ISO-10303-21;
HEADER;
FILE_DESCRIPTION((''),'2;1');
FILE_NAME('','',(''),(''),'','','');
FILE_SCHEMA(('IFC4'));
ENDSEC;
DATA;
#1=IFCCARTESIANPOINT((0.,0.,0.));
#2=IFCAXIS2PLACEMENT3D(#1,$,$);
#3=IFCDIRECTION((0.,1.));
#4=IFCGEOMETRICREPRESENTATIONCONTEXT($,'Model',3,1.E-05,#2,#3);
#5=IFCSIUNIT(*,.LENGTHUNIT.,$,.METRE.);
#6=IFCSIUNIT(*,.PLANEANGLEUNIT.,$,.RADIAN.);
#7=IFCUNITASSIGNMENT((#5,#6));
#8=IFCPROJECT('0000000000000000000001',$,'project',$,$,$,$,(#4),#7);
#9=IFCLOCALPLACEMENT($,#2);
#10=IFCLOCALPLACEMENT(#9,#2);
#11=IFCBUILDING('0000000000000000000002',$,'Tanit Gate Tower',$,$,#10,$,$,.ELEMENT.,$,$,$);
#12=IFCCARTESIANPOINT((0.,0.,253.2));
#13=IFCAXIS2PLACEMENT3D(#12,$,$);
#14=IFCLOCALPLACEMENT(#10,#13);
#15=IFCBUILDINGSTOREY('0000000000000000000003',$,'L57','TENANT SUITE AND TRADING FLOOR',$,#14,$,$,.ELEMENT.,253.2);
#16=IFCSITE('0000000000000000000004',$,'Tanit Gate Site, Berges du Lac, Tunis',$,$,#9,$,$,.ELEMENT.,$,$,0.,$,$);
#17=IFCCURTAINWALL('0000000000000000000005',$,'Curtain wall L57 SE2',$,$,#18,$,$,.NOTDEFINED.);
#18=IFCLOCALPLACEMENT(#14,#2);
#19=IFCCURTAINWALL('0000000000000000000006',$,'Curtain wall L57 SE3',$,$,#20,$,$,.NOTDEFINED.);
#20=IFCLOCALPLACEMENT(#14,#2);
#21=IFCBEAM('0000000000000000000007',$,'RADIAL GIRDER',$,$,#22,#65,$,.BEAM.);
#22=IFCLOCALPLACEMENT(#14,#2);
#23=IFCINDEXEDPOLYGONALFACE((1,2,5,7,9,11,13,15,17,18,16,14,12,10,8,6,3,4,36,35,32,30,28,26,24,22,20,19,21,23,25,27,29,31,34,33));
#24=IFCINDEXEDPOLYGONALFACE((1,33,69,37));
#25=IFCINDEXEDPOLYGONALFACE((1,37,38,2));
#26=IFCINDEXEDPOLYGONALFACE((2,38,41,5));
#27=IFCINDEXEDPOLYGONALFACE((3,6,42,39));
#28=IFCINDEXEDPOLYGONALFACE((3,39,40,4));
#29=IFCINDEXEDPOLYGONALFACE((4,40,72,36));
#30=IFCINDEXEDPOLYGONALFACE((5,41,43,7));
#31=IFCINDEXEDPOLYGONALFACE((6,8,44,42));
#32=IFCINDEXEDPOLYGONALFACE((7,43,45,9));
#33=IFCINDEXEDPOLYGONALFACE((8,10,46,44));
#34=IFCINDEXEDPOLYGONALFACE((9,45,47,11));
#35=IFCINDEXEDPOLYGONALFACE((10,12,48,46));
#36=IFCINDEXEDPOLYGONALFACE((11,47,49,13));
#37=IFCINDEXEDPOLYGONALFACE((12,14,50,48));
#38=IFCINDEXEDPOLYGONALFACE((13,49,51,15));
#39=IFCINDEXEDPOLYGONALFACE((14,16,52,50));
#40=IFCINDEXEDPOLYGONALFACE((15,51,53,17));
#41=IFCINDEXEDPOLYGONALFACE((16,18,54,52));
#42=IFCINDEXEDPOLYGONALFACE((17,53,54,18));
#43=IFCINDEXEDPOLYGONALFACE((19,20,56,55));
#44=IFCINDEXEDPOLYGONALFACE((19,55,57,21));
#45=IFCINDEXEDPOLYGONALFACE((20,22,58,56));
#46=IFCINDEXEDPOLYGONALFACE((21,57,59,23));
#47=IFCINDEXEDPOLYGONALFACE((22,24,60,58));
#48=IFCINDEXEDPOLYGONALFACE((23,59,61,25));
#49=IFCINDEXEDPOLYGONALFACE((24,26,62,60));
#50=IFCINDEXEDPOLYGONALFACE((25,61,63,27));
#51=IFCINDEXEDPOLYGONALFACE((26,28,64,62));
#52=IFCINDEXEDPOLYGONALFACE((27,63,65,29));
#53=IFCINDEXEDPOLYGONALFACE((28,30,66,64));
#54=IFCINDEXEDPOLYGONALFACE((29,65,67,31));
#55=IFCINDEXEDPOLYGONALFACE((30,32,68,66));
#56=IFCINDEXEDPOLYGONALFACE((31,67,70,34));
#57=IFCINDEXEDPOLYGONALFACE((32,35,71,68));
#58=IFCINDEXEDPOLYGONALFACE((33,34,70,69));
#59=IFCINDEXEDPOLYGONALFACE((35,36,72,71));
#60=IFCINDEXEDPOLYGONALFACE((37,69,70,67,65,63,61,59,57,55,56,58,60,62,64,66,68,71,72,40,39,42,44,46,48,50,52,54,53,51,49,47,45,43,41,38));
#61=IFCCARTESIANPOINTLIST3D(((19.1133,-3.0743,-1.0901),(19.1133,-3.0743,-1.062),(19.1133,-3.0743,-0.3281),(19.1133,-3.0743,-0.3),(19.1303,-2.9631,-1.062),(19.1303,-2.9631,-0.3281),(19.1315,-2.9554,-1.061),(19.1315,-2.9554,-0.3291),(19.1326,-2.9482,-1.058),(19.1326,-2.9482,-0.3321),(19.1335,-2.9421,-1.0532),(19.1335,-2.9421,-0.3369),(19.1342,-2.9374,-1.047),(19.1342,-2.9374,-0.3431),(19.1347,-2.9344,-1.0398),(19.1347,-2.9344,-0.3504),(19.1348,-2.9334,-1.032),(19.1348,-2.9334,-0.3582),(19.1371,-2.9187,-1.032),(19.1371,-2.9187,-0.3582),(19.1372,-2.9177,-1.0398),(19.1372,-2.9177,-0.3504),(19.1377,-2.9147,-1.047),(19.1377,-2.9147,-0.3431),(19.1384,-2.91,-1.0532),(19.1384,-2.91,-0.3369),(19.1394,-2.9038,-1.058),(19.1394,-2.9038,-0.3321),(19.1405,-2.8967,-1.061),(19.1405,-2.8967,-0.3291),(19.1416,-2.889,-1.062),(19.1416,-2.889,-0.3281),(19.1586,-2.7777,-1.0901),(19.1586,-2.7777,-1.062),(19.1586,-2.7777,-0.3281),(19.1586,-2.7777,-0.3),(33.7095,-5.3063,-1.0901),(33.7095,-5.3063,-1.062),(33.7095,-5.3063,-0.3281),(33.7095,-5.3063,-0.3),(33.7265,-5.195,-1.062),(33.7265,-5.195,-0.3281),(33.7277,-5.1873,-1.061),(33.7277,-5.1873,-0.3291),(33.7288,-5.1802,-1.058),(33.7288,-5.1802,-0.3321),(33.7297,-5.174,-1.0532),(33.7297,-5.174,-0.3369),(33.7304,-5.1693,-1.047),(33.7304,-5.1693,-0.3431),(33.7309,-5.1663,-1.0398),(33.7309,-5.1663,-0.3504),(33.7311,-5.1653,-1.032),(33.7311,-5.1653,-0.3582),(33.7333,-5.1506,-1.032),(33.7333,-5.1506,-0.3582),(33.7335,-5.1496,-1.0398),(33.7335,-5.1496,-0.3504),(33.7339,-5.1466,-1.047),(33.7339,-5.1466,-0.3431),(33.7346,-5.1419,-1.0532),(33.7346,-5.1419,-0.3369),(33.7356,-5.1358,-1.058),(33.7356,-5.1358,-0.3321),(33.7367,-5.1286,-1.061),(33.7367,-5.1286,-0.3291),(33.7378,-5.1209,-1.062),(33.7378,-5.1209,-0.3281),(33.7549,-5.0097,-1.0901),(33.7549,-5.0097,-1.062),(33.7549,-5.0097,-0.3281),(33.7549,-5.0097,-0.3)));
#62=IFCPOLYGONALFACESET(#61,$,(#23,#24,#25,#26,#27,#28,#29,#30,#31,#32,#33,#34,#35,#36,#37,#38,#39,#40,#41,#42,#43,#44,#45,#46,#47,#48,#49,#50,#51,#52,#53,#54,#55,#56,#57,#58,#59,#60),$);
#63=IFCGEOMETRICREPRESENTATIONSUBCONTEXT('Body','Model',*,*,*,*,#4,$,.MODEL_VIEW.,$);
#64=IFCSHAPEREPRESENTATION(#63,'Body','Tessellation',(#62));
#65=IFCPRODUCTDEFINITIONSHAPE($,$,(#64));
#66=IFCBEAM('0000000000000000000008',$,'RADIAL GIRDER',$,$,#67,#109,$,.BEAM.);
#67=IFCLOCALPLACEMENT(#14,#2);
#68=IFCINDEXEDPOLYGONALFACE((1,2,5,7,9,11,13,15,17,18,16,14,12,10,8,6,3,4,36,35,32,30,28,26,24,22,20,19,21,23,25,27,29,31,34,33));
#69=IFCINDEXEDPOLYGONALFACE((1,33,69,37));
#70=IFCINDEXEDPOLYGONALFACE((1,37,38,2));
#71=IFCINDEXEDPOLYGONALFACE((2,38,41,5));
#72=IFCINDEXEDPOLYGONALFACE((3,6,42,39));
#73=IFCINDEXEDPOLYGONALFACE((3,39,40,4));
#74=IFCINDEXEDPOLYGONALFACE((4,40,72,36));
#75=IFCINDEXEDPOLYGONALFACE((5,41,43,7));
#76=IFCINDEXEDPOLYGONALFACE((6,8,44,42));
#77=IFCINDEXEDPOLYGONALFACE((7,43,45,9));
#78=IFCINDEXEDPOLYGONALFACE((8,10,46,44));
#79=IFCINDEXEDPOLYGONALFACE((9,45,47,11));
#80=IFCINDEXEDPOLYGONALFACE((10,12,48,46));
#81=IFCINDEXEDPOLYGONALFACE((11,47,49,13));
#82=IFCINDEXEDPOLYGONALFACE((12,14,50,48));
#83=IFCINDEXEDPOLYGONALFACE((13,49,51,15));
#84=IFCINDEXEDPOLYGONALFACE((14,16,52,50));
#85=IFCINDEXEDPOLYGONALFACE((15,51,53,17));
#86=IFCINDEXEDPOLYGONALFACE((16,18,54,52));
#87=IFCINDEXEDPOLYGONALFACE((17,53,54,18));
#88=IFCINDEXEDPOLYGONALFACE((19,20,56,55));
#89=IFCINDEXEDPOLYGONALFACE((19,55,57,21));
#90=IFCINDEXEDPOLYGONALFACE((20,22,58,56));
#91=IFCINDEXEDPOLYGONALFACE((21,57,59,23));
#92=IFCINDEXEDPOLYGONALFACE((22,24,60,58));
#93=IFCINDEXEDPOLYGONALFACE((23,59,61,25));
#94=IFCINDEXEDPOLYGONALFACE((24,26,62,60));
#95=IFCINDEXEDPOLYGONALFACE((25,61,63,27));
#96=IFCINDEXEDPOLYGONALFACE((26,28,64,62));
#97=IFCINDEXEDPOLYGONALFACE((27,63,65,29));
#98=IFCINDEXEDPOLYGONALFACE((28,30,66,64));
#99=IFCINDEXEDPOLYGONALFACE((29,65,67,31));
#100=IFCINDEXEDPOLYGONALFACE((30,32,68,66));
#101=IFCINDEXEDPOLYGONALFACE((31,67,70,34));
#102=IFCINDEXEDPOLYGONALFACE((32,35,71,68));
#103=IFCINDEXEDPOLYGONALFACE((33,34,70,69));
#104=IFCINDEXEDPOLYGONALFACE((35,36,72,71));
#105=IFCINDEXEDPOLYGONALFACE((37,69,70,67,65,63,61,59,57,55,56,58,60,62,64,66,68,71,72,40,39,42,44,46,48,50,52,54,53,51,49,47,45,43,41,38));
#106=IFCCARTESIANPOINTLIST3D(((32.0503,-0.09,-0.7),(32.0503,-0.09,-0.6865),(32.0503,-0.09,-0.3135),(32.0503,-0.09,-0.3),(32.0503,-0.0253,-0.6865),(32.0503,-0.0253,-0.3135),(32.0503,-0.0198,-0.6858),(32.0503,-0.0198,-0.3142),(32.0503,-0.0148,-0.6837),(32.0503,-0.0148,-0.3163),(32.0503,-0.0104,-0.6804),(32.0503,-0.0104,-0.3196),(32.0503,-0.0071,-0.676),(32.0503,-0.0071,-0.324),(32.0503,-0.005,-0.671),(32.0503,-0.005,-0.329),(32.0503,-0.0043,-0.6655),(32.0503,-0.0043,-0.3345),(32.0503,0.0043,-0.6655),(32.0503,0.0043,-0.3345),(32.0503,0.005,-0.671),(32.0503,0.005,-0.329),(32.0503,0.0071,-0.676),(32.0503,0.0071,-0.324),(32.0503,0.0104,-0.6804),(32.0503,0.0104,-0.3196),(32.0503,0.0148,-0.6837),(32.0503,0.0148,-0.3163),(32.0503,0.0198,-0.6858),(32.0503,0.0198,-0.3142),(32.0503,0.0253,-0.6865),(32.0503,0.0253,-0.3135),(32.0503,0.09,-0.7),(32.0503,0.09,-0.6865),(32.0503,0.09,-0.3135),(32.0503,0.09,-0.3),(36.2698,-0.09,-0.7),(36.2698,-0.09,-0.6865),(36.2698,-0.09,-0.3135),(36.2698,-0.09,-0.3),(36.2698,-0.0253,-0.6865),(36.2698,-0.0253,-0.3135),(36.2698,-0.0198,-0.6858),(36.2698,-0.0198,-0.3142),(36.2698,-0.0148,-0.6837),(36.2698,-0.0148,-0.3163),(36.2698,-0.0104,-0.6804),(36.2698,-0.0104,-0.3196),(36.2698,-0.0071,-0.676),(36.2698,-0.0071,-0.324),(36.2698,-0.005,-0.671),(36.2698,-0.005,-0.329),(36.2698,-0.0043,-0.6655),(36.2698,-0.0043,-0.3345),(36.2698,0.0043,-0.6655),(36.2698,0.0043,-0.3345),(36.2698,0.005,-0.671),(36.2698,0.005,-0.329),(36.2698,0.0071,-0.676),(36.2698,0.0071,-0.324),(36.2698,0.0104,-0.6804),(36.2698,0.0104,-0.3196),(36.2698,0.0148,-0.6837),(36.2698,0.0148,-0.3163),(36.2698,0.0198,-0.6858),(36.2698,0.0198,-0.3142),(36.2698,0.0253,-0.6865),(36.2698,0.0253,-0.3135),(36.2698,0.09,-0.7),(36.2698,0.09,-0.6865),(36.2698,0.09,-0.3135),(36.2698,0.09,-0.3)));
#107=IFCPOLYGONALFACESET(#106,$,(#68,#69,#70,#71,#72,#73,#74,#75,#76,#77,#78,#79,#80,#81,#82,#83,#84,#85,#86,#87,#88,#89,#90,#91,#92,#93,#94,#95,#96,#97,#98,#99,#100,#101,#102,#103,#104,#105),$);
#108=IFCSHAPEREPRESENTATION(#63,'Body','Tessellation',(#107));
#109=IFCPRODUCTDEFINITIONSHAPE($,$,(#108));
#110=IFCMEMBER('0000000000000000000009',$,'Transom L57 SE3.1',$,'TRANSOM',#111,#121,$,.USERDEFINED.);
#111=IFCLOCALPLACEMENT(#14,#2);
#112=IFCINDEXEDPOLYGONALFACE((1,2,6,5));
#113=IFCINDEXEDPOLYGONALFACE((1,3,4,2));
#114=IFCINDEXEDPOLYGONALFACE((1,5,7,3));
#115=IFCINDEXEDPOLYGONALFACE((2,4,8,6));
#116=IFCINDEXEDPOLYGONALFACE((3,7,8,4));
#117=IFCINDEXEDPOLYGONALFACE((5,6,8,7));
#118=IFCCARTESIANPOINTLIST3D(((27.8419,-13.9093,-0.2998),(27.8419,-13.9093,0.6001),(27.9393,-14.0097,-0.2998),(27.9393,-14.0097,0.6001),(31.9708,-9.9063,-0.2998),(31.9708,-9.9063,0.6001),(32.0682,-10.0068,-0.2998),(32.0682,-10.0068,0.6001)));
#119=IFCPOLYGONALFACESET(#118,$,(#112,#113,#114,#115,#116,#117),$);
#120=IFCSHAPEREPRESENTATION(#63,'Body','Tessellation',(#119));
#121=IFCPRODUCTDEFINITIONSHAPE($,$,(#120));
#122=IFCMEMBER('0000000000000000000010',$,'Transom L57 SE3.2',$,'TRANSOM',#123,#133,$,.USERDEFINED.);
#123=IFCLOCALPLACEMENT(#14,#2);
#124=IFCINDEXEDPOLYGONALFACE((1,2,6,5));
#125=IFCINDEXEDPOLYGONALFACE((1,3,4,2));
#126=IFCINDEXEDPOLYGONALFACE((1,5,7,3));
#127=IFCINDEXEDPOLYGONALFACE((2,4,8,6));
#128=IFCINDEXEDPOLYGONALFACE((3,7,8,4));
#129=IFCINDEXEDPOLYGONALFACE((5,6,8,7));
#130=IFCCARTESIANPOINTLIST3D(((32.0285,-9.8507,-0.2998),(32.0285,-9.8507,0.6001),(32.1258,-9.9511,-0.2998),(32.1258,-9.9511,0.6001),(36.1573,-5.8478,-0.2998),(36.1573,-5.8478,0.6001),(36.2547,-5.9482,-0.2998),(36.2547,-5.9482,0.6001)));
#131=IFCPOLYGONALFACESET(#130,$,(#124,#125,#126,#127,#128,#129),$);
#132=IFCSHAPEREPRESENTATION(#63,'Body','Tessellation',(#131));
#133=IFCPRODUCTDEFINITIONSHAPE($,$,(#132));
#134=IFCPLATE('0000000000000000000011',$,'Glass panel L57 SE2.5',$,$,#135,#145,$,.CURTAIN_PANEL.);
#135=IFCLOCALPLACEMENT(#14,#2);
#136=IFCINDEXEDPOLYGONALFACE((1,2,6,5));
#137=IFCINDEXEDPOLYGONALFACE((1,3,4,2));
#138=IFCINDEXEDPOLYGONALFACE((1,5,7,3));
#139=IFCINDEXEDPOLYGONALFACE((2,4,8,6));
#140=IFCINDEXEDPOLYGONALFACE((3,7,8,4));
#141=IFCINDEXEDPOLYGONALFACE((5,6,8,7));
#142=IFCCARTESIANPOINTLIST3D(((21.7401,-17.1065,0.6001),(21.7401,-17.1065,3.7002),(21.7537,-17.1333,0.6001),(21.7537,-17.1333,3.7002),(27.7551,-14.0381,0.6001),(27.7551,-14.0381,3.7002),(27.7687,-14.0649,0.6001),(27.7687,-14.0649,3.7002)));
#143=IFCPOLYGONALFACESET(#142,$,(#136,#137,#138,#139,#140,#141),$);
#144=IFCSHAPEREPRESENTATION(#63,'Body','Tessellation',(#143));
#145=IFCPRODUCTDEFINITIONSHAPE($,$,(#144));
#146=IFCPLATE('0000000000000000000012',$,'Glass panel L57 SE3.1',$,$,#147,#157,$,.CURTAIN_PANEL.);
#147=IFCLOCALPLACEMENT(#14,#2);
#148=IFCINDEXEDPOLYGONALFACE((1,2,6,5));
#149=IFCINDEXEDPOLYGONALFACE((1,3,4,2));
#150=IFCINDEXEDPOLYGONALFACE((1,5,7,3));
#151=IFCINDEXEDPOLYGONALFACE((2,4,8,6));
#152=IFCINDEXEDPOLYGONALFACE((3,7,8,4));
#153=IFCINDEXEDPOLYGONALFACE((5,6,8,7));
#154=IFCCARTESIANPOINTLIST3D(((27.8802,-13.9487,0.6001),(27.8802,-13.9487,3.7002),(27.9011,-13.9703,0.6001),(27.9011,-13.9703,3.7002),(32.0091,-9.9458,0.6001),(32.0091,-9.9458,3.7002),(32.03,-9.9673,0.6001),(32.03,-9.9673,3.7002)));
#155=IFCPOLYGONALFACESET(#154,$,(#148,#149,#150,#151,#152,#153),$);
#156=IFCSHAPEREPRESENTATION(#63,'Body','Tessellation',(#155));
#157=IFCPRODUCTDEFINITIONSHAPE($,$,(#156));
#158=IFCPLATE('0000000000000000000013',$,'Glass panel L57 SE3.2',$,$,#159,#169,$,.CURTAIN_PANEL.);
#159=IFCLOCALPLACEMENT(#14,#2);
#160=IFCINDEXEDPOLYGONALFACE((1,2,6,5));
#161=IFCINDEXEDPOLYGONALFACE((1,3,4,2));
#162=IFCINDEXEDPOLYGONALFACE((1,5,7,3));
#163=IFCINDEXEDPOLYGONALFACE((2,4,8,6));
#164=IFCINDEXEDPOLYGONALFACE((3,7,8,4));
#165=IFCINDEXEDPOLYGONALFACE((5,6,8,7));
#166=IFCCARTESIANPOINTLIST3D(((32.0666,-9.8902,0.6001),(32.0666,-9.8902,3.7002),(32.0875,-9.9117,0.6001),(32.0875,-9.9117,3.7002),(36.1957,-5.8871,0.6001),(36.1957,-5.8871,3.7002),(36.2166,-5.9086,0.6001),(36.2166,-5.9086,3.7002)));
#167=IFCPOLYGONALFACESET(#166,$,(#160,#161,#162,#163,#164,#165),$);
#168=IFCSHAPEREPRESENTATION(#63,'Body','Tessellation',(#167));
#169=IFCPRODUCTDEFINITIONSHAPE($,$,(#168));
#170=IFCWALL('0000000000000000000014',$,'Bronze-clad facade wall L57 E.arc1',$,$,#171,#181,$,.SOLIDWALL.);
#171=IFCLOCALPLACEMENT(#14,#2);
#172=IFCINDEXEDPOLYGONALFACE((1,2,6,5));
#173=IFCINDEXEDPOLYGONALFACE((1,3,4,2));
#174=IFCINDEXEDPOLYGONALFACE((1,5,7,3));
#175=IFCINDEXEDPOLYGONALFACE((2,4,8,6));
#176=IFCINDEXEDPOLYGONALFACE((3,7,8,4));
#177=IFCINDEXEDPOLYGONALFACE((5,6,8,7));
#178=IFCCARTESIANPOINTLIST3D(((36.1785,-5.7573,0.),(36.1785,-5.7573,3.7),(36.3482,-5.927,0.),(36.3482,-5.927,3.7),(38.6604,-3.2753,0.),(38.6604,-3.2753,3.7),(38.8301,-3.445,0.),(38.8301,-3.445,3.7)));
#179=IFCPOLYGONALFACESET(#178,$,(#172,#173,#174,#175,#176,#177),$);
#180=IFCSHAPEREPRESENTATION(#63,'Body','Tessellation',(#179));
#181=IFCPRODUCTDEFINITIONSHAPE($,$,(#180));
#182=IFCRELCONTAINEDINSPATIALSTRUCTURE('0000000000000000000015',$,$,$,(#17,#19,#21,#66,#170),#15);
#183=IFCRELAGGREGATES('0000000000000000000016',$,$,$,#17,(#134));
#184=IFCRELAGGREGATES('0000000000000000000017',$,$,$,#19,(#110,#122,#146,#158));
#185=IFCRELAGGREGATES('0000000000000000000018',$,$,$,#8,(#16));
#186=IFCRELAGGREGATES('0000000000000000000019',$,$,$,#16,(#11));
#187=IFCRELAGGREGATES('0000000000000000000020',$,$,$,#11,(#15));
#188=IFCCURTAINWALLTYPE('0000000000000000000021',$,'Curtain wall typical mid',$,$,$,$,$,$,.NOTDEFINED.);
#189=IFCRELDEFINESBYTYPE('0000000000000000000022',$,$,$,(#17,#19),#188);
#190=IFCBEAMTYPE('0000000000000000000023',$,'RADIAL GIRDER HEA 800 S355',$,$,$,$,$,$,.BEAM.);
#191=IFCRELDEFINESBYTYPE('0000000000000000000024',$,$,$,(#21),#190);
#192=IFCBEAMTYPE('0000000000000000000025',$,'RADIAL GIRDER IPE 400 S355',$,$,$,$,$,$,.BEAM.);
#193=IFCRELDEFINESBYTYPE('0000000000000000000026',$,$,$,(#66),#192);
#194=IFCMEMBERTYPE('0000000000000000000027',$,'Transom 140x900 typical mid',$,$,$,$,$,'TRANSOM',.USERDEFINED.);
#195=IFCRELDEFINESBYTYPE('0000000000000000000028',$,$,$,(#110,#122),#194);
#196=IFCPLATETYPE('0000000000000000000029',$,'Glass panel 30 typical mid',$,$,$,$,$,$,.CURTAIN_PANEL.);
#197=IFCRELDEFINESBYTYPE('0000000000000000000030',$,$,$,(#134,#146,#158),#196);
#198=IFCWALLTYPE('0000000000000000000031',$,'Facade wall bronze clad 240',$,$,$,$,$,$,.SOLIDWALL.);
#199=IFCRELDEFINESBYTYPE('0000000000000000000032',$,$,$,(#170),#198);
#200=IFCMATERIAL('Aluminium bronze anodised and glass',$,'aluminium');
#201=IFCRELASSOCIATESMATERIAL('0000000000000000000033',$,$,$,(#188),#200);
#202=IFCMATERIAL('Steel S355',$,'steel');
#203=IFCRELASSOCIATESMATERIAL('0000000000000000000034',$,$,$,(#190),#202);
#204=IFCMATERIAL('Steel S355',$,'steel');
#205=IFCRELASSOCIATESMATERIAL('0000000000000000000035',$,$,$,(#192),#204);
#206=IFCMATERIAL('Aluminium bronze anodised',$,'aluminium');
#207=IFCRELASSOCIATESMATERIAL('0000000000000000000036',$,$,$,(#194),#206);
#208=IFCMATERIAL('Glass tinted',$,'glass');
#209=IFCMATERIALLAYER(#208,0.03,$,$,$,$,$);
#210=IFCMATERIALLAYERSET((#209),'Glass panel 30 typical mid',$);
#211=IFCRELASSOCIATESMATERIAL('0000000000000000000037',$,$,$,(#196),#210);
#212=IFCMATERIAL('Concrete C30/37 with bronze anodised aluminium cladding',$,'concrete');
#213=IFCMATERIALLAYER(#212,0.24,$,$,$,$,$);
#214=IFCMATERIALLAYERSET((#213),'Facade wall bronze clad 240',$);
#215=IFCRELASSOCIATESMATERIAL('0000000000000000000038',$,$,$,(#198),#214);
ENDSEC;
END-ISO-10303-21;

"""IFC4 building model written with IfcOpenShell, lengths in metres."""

from ifc_helpers import new_model, si_unit, direction, frame, frame_2d, origin, origin_2d, place, context, subcontext, project, spatial, rectangle, i_section, extrude, material, layer, layer_set, material_profile, profile_set, type_object, element, aggregate, save


model = new_model("IFC4")

# Units and contexts
model_context = context("Model", 3, precision=1e-05, world=origin(), true_north=direction((0.0, 1.0)))
body_context = subcontext(model_context, "Body", "Model", "MODEL_VIEW")
ifc_project = project(units=[si_unit("LENGTHUNIT", "METRE"), si_unit("PLANEANGLEUNIT", "RADIAN")], contexts=[model_context])

# Site, building, storey
site_placement = place(None, origin())
site = spatial("IfcSite", under=ifc_project, at=site_placement, Name="Tanit Gate Site, Berges du Lac, Tunis", CompositionType="ELEMENT", RefElevation=0.0)
building_placement = place(site_placement, origin())
building = spatial("IfcBuilding", under=site, at=building_placement, Name="Tanit Gate Tower", CompositionType="ELEMENT")
storey_placement = place(building_placement, frame((0.0, 0.0, 253.2)))
storey = spatial("IfcBuildingStorey", under=building, at=storey_placement, Name="L57", Description="TENANT SUITE AND TRADING FLOOR", CompositionType="ELEMENT", Elevation=253.2)

# Curtain wall
ifc_material_1 = material(Name="Aluminium bronze anodised and glass", Category="aluminium")
curtain_wall_type = type_object("IfcCurtainWallType", Name="Curtain wall typical mid", PredefinedType="NOTDEFINED", material=ifc_material_1)
curtain_wall_1_placement = place(storey_placement, origin())
curtain_wall_1 = element("IfcCurtainWall", 1, at=curtain_wall_1_placement, inside=storey, type_object=curtain_wall_type, Name="Curtain wall L57 SE2", PredefinedType="NOTDEFINED")

# Curtain wall
curtain_wall_2_placement = place(storey_placement, origin())
curtain_wall_2 = element("IfcCurtainWall", 2, at=curtain_wall_2_placement, inside=storey, type_object=curtain_wall_type, Name="Curtain wall L57 SE3", PredefinedType="NOTDEFINED")

# Beams
ifc_material_2 = material(Name="Steel S355", Category="steel")
ifc_material_profile_1 = material_profile(ifc_material_2, i_section(OverallWidth=0.3, OverallDepth=0.79, WebThickness=0.0149, FlangeThickness=0.0281, FilletRadius=0.03, at=origin_2d()), Name="HEA 800")
ifc_profile_set_1 = profile_set([ifc_material_profile_1], Name="Steel S355")
beam_type_1 = type_object("IfcBeamType", Name="RADIAL GIRDER HEA 800 S355", PredefinedType="BEAM", material=ifc_profile_set_1)
beam_1_placement = place(storey_placement, frame((33.7322, -5.158, -0.6951), z_axis=(-0.98851, 0.151155, 0.0), x_axis=(-0.151155, -0.98851, 0.0)))
element("IfcBeam", 3, at=beam_1_placement, inside=storey, type_object=beam_type_1, Name="RADIAL GIRDER", PredefinedType="BEAM", context=body_context, shape_type="SweptSolid", body=[
    extrude(i_section(OverallWidth=0.3, OverallDepth=0.79, WebThickness=0.0149, FlangeThickness=0.0281, FilletRadius=0.03, at=origin_2d()), origin(), (0.0, 0.0, 1.0), 14.7659),
])
ifc_material_3 = material(Name="Steel S355", Category="steel")
ifc_material_profile_2 = material_profile(ifc_material_3, i_section(OverallWidth=0.1799, OverallDepth=0.3999, WebThickness=0.0085, FlangeThickness=0.0134, FilletRadius=0.021, at=origin_2d()), Name="IPE 400")
ifc_profile_set_2 = profile_set([ifc_material_profile_2], Name="Steel S355")
beam_type_2 = type_object("IfcBeamType", Name="RADIAL GIRDER IPE 400 S355", PredefinedType="BEAM", material=ifc_profile_set_2)
beam_2_placement = place(storey_placement, frame((36.2698, 0.0, -0.5), z_axis=(-1.0, 0.0, 0.0), x_axis=(0.0, -1.0, 0.0)))
element("IfcBeam", 4, at=beam_2_placement, inside=storey, type_object=beam_type_2, Name="RADIAL GIRDER", PredefinedType="BEAM", context=body_context, shape_type="SweptSolid", body=[
    extrude(i_section(OverallWidth=0.1799, OverallDepth=0.3999, WebThickness=0.0085, FlangeThickness=0.0134, FilletRadius=0.021, at=origin_2d()), origin(), (0.0, 0.0, 1.0), 4.2195),
])

# Members
ifc_material_4 = material(Name="Aluminium bronze anodised", Category="aluminium")
ifc_material_profile_3 = material_profile(ifc_material_4, rectangle(XDim=0.1399, YDim=0.8999, at=origin_2d()), Name="140x900 bronze transom")
ifc_profile_set_3 = profile_set([ifc_material_profile_3], Name="Aluminium bronze anodised")
member_type_1 = type_object("IfcMemberType", Name="Transom 140x900 typical mid", ElementType="TRANSOM", PredefinedType="USERDEFINED", material=ifc_profile_set_3)
member_1_placement = place(storey_placement, frame((27.8906, -13.9595, 0.1501), z_axis=(0.717975, 0.696069, 0.0), x_axis=(-0.696069, 0.717975, 0.0)))
member_1 = element("IfcMember", 5, at=member_1_placement, type_object=member_type_1, Name="Transom L57 SE3.1", ObjectType="TRANSOM", PredefinedType="USERDEFINED", context=body_context, shape_type="SweptSolid", body=[
    extrude(rectangle(XDim=0.1399, YDim=0.8999, at=origin_2d()), origin(), (0.0, 0.0, 1.0), 5.7507),
])
member_2_placement = place(storey_placement, frame((32.0771, -9.9009, 0.1501), z_axis=(0.717975, 0.696069, 0.0), x_axis=(-0.696069, 0.717975, 0.0)))
member_2 = element("IfcMember", 6, at=member_2_placement, type_object=member_type_1, Name="Transom L57 SE3.2", ObjectType="TRANSOM", PredefinedType="USERDEFINED", context=body_context, shape_type="SweptSolid", body=[
    extrude(rectangle(XDim=0.1399, YDim=0.8999, at=origin_2d()), origin(), (0.0, 0.0, 1.0), 5.7507),
])

# Plates
ifc_material_5 = material(Name="Glass tinted", Category="glass")
ifc_layer_1 = layer(ifc_material_5, 0.03)
ifc_layer_set_1 = layer_set([ifc_layer_1], Name="Glass panel 30 typical mid")
plate_type = type_object("IfcPlateType", Name="Glass panel 30 typical mid", PredefinedType="CURTAIN_PANEL", material=ifc_layer_set_1)
plate_1_placement = place(storey_placement, frame((24.7544, -15.5857, 0.6001), z_axis=(0.0, 0.0, 1.0), x_axis=(0.890792, 0.454411, 0.0)))
plate_1 = element("IfcPlate", 7, at=plate_1_placement, type_object=plate_type, Name="Glass panel L57 SE2.5", PredefinedType="CURTAIN_PANEL", context=body_context, shape_type="SweptSolid", body=[
    extrude(rectangle(XDim=6.7524, YDim=0.03, at=origin_2d()), origin(), (0.0, 0.0, 1.0), 3.1001),
])
aggregate(curtain_wall_1, [plate_1])
plate_2_placement = place(storey_placement, frame((29.9551, -11.958, 0.6001), z_axis=(0.0, 0.0, 1.0), x_axis=(0.717971, 0.696073, 0.0)))
plate_2 = element("IfcPlate", 8, at=plate_2_placement, type_object=plate_type, Name="Glass panel L57 SE3.1", PredefinedType="CURTAIN_PANEL", context=body_context, shape_type="SweptSolid", body=[
    extrude(rectangle(XDim=5.7507, YDim=0.03, at=origin_2d()), origin(), (0.0, 0.0, 1.0), 3.1001),
])
plate_3_placement = place(storey_placement, frame((34.1416, -7.8994, 0.6001), z_axis=(0.0, 0.0, 1.0), x_axis=(0.717971, 0.696073, 0.0)))
plate_3 = element("IfcPlate", 9, at=plate_3_placement, type_object=plate_type, Name="Glass panel L57 SE3.2", PredefinedType="CURTAIN_PANEL", context=body_context, shape_type="SweptSolid", body=[
    extrude(rectangle(XDim=5.751, YDim=0.03, at=origin_2d()), origin(), (0.0, 0.0, 1.0), 3.1001),
])
aggregate(curtain_wall_2, [member_1, member_2, plate_2, plate_3])

# Wall
ifc_material_6 = material(Name="Concrete C30/37 with bronze anodised aluminium cladding", Category="concrete")
ifc_layer_2 = layer(ifc_material_6, 0.24)
ifc_layer_set_2 = layer_set([ifc_layer_2], Name="Facade wall bronze clad 240")
wall_type_1 = type_object("IfcWallType", Name="Facade wall bronze clad 240", PredefinedType="SOLIDWALL", material=ifc_layer_set_2)
wall_1_placement = place(storey_placement, frame((36.2634, -5.842, 0.0), z_axis=(0.0, 0.0, 1.0), x_axis=(0.707107, 0.707107, 0.0)))
element("IfcWall", 10, at=wall_1_placement, inside=storey, type_object=wall_type_1, Name="Bronze-clad facade wall L57 E.arc1", PredefinedType="SOLIDWALL", context=body_context, shape_type="SweptSolid", body=[
    extrude(rectangle(XDim=3.51, YDim=0.24, at=frame_2d((1.7549, 0.0))), origin(), (0.0, 0.0, 1.0), 3.7),
])

save(model, "model.ifc")
